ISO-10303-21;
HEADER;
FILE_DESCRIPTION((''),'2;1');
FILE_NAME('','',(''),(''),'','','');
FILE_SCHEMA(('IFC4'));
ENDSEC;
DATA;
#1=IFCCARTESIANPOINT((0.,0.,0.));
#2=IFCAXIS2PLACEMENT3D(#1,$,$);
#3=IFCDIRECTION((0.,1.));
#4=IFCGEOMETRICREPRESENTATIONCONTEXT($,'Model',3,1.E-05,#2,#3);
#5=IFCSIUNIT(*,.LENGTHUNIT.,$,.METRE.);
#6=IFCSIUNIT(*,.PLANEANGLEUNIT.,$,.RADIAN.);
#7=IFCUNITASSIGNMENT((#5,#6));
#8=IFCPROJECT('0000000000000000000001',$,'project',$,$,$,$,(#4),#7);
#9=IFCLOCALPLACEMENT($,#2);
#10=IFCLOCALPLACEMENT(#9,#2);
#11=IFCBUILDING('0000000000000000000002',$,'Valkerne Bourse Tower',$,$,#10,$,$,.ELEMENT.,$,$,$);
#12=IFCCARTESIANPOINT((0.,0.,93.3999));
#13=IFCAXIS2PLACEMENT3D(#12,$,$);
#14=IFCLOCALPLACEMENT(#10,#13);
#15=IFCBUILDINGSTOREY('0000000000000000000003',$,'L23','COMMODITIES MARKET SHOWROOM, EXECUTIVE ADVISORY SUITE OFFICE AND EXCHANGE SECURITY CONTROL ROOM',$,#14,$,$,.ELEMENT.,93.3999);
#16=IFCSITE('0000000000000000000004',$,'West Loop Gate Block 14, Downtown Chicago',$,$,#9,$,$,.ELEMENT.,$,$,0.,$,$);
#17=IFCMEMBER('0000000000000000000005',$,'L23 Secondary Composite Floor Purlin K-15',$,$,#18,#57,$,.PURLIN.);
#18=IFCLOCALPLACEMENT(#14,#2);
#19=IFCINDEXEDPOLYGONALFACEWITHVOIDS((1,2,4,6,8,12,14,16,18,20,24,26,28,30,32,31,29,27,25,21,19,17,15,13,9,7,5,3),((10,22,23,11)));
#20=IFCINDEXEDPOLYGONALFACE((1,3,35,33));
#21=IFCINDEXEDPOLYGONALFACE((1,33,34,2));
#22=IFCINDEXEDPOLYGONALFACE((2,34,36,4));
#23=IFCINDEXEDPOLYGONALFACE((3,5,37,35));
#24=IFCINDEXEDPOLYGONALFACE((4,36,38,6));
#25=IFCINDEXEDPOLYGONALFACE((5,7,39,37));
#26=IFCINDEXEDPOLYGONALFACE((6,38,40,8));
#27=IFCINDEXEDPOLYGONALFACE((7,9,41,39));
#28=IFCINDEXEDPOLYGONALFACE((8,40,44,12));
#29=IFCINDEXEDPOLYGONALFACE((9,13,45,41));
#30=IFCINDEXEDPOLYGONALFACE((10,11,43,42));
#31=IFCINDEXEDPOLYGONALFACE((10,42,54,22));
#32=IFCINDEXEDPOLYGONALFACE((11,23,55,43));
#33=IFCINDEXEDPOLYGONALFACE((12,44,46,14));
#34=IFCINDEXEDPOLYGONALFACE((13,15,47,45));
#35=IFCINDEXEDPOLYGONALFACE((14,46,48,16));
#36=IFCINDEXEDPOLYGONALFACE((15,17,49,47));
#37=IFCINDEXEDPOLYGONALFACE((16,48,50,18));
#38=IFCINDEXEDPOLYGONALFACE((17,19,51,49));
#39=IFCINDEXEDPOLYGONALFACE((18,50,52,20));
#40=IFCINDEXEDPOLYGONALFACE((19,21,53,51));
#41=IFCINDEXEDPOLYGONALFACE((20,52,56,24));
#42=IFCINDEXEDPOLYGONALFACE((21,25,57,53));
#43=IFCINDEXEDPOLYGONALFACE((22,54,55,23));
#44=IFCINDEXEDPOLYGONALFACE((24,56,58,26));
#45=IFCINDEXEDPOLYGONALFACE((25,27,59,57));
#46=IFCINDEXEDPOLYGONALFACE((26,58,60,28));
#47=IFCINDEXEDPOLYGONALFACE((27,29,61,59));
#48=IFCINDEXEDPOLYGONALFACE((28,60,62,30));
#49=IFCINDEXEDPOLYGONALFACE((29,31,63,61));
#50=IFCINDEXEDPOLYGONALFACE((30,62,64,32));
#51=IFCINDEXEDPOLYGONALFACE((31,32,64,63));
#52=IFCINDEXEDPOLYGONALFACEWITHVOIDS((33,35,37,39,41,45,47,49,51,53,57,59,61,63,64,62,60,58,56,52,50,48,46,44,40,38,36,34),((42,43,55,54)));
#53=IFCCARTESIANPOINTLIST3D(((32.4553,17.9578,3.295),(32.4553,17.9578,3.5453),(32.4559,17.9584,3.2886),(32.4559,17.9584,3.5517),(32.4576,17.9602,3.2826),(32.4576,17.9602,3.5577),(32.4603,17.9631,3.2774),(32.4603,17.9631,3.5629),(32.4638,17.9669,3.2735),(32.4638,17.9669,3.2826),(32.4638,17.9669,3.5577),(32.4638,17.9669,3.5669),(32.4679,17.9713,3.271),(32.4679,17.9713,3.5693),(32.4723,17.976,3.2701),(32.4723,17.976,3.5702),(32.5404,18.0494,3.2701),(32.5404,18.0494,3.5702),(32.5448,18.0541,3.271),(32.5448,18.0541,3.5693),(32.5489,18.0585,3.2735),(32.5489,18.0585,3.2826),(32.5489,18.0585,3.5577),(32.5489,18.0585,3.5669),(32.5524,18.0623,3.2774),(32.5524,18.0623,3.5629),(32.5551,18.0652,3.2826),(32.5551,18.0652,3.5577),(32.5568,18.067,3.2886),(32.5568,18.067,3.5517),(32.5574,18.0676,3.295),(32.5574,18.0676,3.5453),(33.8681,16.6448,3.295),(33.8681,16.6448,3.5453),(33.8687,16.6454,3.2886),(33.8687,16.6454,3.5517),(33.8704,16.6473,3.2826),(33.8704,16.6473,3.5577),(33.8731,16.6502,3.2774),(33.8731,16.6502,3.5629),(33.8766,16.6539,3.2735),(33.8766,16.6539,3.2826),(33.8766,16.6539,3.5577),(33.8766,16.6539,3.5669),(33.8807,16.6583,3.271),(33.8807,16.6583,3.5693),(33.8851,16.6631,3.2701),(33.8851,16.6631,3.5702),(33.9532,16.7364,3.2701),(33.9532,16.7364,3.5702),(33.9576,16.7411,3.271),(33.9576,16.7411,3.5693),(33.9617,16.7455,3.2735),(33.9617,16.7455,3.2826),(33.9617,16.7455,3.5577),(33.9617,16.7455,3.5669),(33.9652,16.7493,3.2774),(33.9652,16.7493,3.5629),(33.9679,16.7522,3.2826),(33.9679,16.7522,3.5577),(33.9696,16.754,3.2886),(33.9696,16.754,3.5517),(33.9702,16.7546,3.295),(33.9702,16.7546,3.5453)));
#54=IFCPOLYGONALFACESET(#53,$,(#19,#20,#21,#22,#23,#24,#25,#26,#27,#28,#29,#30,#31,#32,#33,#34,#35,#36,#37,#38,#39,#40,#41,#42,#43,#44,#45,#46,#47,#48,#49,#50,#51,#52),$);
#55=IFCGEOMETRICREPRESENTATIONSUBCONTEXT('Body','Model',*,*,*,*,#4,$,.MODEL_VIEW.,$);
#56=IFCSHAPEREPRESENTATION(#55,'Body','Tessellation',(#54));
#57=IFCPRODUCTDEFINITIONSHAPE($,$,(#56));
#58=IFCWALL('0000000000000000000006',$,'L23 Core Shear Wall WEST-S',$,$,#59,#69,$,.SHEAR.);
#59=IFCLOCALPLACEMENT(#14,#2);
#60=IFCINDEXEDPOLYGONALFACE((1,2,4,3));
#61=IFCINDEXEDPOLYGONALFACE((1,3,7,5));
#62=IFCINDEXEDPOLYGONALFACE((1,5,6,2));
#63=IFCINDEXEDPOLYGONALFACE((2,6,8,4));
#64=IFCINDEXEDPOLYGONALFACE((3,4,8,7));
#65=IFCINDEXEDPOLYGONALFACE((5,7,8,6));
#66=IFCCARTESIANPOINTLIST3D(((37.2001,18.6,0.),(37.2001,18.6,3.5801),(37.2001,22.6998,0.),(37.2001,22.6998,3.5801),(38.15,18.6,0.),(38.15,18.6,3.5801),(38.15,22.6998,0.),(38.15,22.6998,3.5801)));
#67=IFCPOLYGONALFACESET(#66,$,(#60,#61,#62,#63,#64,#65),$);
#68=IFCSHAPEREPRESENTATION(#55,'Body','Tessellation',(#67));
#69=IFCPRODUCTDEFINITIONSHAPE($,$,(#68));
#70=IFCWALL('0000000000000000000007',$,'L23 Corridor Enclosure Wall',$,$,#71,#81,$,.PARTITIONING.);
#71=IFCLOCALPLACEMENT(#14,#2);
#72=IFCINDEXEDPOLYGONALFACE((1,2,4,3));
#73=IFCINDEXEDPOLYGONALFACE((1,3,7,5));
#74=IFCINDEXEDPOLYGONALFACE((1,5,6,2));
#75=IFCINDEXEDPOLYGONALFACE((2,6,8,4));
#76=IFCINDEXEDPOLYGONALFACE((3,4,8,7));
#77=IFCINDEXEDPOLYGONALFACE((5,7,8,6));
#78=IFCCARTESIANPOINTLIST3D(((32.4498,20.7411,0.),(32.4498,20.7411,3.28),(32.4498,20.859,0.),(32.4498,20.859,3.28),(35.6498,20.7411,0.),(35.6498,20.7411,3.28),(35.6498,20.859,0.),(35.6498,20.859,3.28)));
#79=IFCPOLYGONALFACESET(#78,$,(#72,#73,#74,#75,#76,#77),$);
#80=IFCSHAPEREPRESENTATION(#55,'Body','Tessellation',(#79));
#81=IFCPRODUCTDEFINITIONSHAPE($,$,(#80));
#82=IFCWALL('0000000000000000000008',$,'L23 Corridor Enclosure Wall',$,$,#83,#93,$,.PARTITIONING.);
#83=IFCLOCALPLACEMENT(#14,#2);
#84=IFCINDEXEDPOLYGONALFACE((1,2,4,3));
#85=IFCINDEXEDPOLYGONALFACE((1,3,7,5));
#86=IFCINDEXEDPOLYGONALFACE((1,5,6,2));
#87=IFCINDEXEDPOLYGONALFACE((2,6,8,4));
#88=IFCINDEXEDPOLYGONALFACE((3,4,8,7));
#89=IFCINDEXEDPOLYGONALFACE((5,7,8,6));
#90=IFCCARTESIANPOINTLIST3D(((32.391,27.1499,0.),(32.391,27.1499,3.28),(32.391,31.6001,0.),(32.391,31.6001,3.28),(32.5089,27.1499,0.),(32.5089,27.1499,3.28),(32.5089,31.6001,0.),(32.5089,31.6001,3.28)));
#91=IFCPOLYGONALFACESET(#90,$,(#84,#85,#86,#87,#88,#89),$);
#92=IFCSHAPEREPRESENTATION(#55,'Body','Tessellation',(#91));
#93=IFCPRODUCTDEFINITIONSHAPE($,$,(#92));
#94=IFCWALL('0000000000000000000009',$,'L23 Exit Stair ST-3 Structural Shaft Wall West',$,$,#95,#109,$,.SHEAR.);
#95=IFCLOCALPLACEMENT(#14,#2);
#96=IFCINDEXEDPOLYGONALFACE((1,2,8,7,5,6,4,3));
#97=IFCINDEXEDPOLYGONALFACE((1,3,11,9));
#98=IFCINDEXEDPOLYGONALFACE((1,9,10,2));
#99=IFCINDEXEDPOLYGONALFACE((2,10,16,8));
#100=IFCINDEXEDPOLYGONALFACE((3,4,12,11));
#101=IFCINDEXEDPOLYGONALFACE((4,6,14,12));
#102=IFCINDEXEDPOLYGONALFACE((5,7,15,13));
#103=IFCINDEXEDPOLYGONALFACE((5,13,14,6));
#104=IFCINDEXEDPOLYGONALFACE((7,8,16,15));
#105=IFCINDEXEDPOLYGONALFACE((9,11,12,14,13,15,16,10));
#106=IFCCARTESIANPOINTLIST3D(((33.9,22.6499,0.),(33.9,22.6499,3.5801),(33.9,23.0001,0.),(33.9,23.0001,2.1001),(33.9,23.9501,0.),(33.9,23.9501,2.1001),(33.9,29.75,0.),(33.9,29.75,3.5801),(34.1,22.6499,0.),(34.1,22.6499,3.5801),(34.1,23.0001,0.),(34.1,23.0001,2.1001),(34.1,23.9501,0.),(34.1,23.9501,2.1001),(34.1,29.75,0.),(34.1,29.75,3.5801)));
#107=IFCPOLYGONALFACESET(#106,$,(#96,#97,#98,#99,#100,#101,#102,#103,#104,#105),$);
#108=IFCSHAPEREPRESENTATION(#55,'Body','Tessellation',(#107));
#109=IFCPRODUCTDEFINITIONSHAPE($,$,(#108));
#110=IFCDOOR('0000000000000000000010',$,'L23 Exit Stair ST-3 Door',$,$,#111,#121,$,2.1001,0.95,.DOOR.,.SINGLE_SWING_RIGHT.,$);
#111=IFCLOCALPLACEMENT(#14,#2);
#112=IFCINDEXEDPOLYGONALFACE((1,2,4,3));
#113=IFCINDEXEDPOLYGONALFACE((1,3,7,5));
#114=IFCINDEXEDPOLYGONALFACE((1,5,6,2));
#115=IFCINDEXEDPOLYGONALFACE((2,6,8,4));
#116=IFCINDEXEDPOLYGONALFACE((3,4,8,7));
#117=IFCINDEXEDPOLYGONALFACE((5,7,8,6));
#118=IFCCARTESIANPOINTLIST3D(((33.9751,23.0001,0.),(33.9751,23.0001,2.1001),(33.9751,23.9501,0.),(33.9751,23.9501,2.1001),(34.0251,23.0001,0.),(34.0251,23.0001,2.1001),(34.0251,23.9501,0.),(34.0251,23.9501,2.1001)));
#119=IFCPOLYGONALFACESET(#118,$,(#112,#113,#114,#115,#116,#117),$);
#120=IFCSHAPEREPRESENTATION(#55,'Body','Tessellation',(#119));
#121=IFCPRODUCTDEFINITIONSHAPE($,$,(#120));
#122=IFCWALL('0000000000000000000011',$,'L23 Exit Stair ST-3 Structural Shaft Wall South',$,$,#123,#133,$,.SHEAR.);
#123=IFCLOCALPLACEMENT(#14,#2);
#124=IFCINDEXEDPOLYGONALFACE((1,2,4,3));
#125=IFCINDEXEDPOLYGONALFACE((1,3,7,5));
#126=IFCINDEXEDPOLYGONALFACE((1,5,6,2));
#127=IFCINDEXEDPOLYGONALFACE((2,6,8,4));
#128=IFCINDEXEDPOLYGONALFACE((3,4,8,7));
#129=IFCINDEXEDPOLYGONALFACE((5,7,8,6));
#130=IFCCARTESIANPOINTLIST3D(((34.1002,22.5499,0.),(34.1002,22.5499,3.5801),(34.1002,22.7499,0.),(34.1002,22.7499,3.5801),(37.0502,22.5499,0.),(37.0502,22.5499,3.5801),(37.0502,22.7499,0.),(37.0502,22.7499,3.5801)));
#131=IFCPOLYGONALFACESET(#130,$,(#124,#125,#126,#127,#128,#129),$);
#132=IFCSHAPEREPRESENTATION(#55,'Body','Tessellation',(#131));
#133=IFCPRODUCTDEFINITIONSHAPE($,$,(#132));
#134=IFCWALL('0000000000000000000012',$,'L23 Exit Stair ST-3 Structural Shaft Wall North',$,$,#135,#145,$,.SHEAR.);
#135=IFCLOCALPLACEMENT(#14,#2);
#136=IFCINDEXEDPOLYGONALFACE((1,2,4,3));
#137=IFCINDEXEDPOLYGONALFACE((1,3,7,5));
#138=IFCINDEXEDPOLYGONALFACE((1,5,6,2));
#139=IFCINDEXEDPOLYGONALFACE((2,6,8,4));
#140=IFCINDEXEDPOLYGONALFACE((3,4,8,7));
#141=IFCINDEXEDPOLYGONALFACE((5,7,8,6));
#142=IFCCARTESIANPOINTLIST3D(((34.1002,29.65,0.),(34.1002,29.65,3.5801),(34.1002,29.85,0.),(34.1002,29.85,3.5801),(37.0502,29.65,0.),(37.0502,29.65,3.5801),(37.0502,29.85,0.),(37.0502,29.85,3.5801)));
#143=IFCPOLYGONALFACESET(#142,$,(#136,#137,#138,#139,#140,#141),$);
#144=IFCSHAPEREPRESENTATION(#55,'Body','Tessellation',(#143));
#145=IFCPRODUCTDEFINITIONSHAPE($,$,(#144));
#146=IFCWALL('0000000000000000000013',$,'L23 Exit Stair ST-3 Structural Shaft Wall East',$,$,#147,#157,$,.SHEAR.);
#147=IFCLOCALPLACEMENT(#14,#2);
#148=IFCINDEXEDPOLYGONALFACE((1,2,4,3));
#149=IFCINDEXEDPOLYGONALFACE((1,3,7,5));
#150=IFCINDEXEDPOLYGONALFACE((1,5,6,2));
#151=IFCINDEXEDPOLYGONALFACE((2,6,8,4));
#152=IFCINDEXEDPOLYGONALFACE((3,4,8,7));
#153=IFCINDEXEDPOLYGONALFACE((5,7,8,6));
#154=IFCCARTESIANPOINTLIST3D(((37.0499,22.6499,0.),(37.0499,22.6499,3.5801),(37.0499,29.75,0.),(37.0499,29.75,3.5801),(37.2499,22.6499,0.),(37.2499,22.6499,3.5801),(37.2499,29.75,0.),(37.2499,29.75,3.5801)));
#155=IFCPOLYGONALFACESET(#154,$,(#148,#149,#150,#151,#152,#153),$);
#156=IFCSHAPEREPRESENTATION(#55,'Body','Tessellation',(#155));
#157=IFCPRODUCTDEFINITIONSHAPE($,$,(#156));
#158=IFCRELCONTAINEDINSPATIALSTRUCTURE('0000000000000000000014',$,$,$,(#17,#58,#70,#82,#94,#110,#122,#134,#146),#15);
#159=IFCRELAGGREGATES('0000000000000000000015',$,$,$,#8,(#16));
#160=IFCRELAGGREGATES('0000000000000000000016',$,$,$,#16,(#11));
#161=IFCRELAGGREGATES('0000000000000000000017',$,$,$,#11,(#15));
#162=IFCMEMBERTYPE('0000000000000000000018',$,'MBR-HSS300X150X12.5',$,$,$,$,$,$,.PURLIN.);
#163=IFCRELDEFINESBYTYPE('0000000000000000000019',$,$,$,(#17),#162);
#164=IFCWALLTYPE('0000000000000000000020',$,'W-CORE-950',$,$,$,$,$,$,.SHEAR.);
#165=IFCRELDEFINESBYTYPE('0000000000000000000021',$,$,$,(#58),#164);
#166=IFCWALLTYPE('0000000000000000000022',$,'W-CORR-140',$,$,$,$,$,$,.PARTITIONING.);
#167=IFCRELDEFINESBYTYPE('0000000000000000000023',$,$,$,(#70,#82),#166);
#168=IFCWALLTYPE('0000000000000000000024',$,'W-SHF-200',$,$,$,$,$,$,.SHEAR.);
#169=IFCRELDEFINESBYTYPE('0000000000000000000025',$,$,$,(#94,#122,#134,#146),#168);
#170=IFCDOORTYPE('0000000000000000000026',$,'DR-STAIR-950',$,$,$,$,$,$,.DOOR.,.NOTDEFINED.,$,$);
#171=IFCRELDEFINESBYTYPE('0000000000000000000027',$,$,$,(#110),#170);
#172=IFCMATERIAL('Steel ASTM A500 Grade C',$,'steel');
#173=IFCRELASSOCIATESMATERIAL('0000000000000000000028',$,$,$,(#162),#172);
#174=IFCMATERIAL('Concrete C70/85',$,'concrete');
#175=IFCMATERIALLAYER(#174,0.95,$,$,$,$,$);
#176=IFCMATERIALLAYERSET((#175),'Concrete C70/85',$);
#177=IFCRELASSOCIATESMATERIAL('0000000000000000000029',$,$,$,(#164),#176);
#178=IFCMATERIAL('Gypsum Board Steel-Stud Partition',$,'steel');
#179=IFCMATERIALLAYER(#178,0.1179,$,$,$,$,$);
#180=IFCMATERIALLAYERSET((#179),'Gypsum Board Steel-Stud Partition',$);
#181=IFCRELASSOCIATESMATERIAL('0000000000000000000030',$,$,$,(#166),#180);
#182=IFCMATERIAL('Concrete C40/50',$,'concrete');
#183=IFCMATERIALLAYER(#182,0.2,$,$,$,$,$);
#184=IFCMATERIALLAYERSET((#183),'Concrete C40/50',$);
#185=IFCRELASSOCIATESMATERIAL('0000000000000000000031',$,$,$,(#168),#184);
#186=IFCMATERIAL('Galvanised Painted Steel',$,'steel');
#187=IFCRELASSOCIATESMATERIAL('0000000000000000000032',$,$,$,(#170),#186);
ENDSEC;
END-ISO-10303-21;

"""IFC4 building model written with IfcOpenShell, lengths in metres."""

from ifc_helpers import new_model, si_unit, direction, frame, frame_2d, origin, origin_2d, place, context, subcontext, project, spatial, rectangle, hollow_rectangle, extrude, material, layer, layer_set, material_profile, profile_set, type_object, element, fill, save


model = new_model("IFC4")

# Units and contexts
model_context = context("Model", 3, precision=1e-05, world=origin(), true_north=direction((0.0, 1.0)))
body_context = subcontext(model_context, "Body", "Model", "MODEL_VIEW")
ifc_project = project(units=[si_unit("LENGTHUNIT", "METRE"), si_unit("PLANEANGLEUNIT", "RADIAN")], contexts=[model_context])

# Site, building, storey
site_placement = place(None, origin())
site = spatial("IfcSite", under=ifc_project, at=site_placement, Name="West Loop Gate Block 14, Downtown Chicago", CompositionType="ELEMENT", RefElevation=0.0)
building_placement = place(site_placement, origin())
building = spatial("IfcBuilding", under=site, at=building_placement, Name="Valkerne Bourse Tower", CompositionType="ELEMENT")
storey_placement = place(building_placement, frame((0.0, 0.0, 93.3999)))
storey = spatial("IfcBuildingStorey", under=building, at=storey_placement, Name="L23", Description="COMMODITIES MARKET SHOWROOM, EXECUTIVE ADVISORY SUITE OFFICE AND EXCHANGE SECURITY CONTROL ROOM", CompositionType="ELEMENT", Elevation=93.3999)

# Member
ifc_material_1 = material(Name="Steel ASTM A500 Grade C", Category="steel")
ifc_material_profile = material_profile(ifc_material_1, hollow_rectangle(XDim=0.1499, YDim=0.3, WallThickness=0.0125, OuterFilletRadius=0.0249, at=origin_2d()), Name="HSS300X150X12.5")
ifc_profile_set = profile_set([ifc_material_profile], Name="Steel ASTM A500 Grade C")
member_type = type_object("IfcMemberType", Name="MBR-HSS300X150X12.5", PredefinedType="PURLIN", material=ifc_profile_set)
member_placement = place(storey_placement, frame((32.5063, 18.0127, 3.4202), z_axis=(0.732518, -0.680747, 0.0), x_axis=(0.680747, 0.732518, 0.0)))
element("IfcMember", 1, at=member_placement, inside=storey, type_object=member_type, Name="L23 Secondary Composite Floor Purlin K-15", PredefinedType="PURLIN", context=body_context, shape_type="SweptSolid", body=[
    extrude(hollow_rectangle(XDim=0.1499, YDim=0.3, WallThickness=0.0125, OuterFilletRadius=0.0249, at=origin_2d()), origin(), (0.0, 0.0, 1.0), 1.9287),
])

# Shared definitions
ifc_material_2 = material(Name="Concrete C70/85", Category="concrete")
ifc_layer_1 = layer(ifc_material_2, 0.95)
ifc_layer_set_1 = layer_set([ifc_layer_1], Name="Concrete C70/85")
wall_type_1 = type_object("IfcWallType", Name="W-CORE-950", PredefinedType="SHEAR", material=ifc_layer_set_1)
ifc_material_3 = material(Name="Galvanised Painted Steel", Category="steel")

# Walls
wall_1_placement = place(storey_placement, frame((37.675, 18.6001, 0.0), z_axis=(0.0, 0.0, 1.0), x_axis=(0.0, 1.0, 0.0)))
element("IfcWall", 2, at=wall_1_placement, inside=storey, type_object=wall_type_1, Name="L23 Core Shear Wall WEST-S", PredefinedType="SHEAR", context=body_context, shape_type="SweptSolid", body=[
    extrude(rectangle(XDim=4.0999, YDim=0.95, at=frame_2d((2.0498, 0.0))), origin(), (0.0, 0.0, 1.0), 3.5801),
])
ifc_material_4 = material(Name="Gypsum Board Steel-Stud Partition", Category="steel")
ifc_layer_2 = layer(ifc_material_4, 0.1179)
ifc_layer_set_2 = layer_set([ifc_layer_2], Name="Gypsum Board Steel-Stud Partition")
wall_type_2 = type_object("IfcWallType", Name="W-CORR-140", PredefinedType="PARTITIONING", material=ifc_layer_set_2)
wall_2_placement = place(storey_placement, frame((35.6499, 20.8, 0.0), z_axis=(0.0, 0.0, 1.0), x_axis=(-1.0, 0.0, 0.0)))
element("IfcWall", 3, at=wall_2_placement, inside=storey, type_object=wall_type_2, Name="L23 Corridor Enclosure Wall", PredefinedType="PARTITIONING", context=body_context, shape_type="SweptSolid", body=[
    extrude(rectangle(XDim=3.2, YDim=0.1179, at=frame_2d((1.6001, 0.0))), origin(), (0.0, 0.0, 1.0), 3.28),
])
wall_3_placement = place(storey_placement, frame((32.45, 27.1499, 0.0), z_axis=(0.0, 0.0, 1.0), x_axis=(0.0, 1.0, 0.0)))
element("IfcWall", 4, at=wall_3_placement, inside=storey, type_object=wall_type_2, Name="L23 Corridor Enclosure Wall", PredefinedType="PARTITIONING", context=body_context, shape_type="SweptSolid", body=[
    extrude(rectangle(XDim=4.4502, YDim=0.1179, at=frame_2d((2.2251, 0.0))), origin(), (0.0, 0.0, 1.0), 3.28),
])

# Wall, opening, door
ifc_material_5 = material(Name="Concrete C40/50", Category="concrete")
ifc_layer_3 = layer(ifc_material_5, 0.2)
ifc_layer_set_3 = layer_set([ifc_layer_3], Name="Concrete C40/50")
wall_type_3 = type_object("IfcWallType", Name="W-SHF-200", PredefinedType="SHEAR", material=ifc_layer_set_3)
wall_4_placement = place(storey_placement, frame((34.0, 22.6499, 0.0), z_axis=(0.0, 0.0, 1.0), x_axis=(0.0, 1.0, 0.0)))
wall_4 = element("IfcWall", 5, at=wall_4_placement, inside=storey, type_object=wall_type_3, Name="L23 Exit Stair ST-3 Structural Shaft Wall West", PredefinedType="SHEAR", context=body_context, shape_type="SweptSolid", body=[
    extrude(rectangle(XDim=7.1001, YDim=0.2, at=frame_2d((3.55, 0.0))), origin(), (0.0, 0.0, 1.0), 3.5801),
])
opening_1_placement = place(wall_4_placement, frame((0.3501, 0.0, 0.0)))
opening_1 = element("IfcOpeningElement", 6, at=opening_1_placement, cuts=wall_4, PredefinedType="OPENING", context=body_context, shape_type="SweptSolid", body=[
    extrude(rectangle(XDim=0.95, YDim=2.1001, at=frame_2d((0.4751, 1.05))), frame((0.0, 0.1099, 0.0), z_axis=(0.0, -1.0, 0.0), x_axis=(1.0, 0.0, 0.0)), (0.0, 0.0, 1.0), 0.22),
])
door_type_1 = type_object("IfcDoorType", Name="DR-STAIR-950", OperationType="NOTDEFINED", PredefinedType="DOOR", material=ifc_material_3)
door_1_placement = place(opening_1_placement, origin())
door_1 = element("IfcDoor", 7, at=door_1_placement, inside=storey, type_object=door_type_1, Name="L23 Exit Stair ST-3 Door", OperationType="SINGLE_SWING_RIGHT", OverallHeight=2.1001, OverallWidth=0.95, PredefinedType="DOOR", context=body_context, shape_type="SweptSolid", body=[
    extrude(rectangle(XDim=0.95, YDim=2.1001, at=frame_2d((0.4751, 1.05))), frame((0.0, 0.0249, 0.0), z_axis=(0.0, -1.0, 0.0), x_axis=(1.0, 0.0, 0.0)), (0.0, 0.0, 1.0), 0.05),
])
fill(opening_1, door_1)

# Walls
for number, where, z_axis, x_axis, name in (
    (8, (34.1001, 22.6499, 0.0), (0.0, 0.0, 1.0), (1.0, 0.0, 0.0), "L23 Exit Stair ST-3 Structural Shaft Wall South"),
    (9, (34.1001, 29.75, 0.0), (0.0, 0.0, 1.0), (1.0, 0.0, 0.0), "L23 Exit Stair ST-3 Structural Shaft Wall North"),
):
    element("IfcWall", number, at=place(storey_placement, frame(where, z_axis=z_axis, x_axis=x_axis)), inside=storey, type_object=wall_type_3, Name=name, PredefinedType="SHEAR", context=body_context, shape_type="SweptSolid", body=[
        extrude(rectangle(XDim=2.95, YDim=0.2, at=frame_2d((1.4751, 0.0))), origin(), (0.0, 0.0, 1.0), 3.5801),
    ])
wall_5_placement = place(storey_placement, frame((37.1499, 22.6499, 0.0), z_axis=(0.0, 0.0, 1.0), x_axis=(0.0, 1.0, 0.0)))
element("IfcWall", 10, at=wall_5_placement, inside=storey, type_object=wall_type_3, Name="L23 Exit Stair ST-3 Structural Shaft Wall East", PredefinedType="SHEAR", context=body_context, shape_type="SweptSolid", body=[
    extrude(rectangle(XDim=7.1001, YDim=0.2, at=frame_2d((3.55, 0.0))), origin(), (0.0, 0.0, 1.0), 3.5801),
])

save(model, "model.ifc")
